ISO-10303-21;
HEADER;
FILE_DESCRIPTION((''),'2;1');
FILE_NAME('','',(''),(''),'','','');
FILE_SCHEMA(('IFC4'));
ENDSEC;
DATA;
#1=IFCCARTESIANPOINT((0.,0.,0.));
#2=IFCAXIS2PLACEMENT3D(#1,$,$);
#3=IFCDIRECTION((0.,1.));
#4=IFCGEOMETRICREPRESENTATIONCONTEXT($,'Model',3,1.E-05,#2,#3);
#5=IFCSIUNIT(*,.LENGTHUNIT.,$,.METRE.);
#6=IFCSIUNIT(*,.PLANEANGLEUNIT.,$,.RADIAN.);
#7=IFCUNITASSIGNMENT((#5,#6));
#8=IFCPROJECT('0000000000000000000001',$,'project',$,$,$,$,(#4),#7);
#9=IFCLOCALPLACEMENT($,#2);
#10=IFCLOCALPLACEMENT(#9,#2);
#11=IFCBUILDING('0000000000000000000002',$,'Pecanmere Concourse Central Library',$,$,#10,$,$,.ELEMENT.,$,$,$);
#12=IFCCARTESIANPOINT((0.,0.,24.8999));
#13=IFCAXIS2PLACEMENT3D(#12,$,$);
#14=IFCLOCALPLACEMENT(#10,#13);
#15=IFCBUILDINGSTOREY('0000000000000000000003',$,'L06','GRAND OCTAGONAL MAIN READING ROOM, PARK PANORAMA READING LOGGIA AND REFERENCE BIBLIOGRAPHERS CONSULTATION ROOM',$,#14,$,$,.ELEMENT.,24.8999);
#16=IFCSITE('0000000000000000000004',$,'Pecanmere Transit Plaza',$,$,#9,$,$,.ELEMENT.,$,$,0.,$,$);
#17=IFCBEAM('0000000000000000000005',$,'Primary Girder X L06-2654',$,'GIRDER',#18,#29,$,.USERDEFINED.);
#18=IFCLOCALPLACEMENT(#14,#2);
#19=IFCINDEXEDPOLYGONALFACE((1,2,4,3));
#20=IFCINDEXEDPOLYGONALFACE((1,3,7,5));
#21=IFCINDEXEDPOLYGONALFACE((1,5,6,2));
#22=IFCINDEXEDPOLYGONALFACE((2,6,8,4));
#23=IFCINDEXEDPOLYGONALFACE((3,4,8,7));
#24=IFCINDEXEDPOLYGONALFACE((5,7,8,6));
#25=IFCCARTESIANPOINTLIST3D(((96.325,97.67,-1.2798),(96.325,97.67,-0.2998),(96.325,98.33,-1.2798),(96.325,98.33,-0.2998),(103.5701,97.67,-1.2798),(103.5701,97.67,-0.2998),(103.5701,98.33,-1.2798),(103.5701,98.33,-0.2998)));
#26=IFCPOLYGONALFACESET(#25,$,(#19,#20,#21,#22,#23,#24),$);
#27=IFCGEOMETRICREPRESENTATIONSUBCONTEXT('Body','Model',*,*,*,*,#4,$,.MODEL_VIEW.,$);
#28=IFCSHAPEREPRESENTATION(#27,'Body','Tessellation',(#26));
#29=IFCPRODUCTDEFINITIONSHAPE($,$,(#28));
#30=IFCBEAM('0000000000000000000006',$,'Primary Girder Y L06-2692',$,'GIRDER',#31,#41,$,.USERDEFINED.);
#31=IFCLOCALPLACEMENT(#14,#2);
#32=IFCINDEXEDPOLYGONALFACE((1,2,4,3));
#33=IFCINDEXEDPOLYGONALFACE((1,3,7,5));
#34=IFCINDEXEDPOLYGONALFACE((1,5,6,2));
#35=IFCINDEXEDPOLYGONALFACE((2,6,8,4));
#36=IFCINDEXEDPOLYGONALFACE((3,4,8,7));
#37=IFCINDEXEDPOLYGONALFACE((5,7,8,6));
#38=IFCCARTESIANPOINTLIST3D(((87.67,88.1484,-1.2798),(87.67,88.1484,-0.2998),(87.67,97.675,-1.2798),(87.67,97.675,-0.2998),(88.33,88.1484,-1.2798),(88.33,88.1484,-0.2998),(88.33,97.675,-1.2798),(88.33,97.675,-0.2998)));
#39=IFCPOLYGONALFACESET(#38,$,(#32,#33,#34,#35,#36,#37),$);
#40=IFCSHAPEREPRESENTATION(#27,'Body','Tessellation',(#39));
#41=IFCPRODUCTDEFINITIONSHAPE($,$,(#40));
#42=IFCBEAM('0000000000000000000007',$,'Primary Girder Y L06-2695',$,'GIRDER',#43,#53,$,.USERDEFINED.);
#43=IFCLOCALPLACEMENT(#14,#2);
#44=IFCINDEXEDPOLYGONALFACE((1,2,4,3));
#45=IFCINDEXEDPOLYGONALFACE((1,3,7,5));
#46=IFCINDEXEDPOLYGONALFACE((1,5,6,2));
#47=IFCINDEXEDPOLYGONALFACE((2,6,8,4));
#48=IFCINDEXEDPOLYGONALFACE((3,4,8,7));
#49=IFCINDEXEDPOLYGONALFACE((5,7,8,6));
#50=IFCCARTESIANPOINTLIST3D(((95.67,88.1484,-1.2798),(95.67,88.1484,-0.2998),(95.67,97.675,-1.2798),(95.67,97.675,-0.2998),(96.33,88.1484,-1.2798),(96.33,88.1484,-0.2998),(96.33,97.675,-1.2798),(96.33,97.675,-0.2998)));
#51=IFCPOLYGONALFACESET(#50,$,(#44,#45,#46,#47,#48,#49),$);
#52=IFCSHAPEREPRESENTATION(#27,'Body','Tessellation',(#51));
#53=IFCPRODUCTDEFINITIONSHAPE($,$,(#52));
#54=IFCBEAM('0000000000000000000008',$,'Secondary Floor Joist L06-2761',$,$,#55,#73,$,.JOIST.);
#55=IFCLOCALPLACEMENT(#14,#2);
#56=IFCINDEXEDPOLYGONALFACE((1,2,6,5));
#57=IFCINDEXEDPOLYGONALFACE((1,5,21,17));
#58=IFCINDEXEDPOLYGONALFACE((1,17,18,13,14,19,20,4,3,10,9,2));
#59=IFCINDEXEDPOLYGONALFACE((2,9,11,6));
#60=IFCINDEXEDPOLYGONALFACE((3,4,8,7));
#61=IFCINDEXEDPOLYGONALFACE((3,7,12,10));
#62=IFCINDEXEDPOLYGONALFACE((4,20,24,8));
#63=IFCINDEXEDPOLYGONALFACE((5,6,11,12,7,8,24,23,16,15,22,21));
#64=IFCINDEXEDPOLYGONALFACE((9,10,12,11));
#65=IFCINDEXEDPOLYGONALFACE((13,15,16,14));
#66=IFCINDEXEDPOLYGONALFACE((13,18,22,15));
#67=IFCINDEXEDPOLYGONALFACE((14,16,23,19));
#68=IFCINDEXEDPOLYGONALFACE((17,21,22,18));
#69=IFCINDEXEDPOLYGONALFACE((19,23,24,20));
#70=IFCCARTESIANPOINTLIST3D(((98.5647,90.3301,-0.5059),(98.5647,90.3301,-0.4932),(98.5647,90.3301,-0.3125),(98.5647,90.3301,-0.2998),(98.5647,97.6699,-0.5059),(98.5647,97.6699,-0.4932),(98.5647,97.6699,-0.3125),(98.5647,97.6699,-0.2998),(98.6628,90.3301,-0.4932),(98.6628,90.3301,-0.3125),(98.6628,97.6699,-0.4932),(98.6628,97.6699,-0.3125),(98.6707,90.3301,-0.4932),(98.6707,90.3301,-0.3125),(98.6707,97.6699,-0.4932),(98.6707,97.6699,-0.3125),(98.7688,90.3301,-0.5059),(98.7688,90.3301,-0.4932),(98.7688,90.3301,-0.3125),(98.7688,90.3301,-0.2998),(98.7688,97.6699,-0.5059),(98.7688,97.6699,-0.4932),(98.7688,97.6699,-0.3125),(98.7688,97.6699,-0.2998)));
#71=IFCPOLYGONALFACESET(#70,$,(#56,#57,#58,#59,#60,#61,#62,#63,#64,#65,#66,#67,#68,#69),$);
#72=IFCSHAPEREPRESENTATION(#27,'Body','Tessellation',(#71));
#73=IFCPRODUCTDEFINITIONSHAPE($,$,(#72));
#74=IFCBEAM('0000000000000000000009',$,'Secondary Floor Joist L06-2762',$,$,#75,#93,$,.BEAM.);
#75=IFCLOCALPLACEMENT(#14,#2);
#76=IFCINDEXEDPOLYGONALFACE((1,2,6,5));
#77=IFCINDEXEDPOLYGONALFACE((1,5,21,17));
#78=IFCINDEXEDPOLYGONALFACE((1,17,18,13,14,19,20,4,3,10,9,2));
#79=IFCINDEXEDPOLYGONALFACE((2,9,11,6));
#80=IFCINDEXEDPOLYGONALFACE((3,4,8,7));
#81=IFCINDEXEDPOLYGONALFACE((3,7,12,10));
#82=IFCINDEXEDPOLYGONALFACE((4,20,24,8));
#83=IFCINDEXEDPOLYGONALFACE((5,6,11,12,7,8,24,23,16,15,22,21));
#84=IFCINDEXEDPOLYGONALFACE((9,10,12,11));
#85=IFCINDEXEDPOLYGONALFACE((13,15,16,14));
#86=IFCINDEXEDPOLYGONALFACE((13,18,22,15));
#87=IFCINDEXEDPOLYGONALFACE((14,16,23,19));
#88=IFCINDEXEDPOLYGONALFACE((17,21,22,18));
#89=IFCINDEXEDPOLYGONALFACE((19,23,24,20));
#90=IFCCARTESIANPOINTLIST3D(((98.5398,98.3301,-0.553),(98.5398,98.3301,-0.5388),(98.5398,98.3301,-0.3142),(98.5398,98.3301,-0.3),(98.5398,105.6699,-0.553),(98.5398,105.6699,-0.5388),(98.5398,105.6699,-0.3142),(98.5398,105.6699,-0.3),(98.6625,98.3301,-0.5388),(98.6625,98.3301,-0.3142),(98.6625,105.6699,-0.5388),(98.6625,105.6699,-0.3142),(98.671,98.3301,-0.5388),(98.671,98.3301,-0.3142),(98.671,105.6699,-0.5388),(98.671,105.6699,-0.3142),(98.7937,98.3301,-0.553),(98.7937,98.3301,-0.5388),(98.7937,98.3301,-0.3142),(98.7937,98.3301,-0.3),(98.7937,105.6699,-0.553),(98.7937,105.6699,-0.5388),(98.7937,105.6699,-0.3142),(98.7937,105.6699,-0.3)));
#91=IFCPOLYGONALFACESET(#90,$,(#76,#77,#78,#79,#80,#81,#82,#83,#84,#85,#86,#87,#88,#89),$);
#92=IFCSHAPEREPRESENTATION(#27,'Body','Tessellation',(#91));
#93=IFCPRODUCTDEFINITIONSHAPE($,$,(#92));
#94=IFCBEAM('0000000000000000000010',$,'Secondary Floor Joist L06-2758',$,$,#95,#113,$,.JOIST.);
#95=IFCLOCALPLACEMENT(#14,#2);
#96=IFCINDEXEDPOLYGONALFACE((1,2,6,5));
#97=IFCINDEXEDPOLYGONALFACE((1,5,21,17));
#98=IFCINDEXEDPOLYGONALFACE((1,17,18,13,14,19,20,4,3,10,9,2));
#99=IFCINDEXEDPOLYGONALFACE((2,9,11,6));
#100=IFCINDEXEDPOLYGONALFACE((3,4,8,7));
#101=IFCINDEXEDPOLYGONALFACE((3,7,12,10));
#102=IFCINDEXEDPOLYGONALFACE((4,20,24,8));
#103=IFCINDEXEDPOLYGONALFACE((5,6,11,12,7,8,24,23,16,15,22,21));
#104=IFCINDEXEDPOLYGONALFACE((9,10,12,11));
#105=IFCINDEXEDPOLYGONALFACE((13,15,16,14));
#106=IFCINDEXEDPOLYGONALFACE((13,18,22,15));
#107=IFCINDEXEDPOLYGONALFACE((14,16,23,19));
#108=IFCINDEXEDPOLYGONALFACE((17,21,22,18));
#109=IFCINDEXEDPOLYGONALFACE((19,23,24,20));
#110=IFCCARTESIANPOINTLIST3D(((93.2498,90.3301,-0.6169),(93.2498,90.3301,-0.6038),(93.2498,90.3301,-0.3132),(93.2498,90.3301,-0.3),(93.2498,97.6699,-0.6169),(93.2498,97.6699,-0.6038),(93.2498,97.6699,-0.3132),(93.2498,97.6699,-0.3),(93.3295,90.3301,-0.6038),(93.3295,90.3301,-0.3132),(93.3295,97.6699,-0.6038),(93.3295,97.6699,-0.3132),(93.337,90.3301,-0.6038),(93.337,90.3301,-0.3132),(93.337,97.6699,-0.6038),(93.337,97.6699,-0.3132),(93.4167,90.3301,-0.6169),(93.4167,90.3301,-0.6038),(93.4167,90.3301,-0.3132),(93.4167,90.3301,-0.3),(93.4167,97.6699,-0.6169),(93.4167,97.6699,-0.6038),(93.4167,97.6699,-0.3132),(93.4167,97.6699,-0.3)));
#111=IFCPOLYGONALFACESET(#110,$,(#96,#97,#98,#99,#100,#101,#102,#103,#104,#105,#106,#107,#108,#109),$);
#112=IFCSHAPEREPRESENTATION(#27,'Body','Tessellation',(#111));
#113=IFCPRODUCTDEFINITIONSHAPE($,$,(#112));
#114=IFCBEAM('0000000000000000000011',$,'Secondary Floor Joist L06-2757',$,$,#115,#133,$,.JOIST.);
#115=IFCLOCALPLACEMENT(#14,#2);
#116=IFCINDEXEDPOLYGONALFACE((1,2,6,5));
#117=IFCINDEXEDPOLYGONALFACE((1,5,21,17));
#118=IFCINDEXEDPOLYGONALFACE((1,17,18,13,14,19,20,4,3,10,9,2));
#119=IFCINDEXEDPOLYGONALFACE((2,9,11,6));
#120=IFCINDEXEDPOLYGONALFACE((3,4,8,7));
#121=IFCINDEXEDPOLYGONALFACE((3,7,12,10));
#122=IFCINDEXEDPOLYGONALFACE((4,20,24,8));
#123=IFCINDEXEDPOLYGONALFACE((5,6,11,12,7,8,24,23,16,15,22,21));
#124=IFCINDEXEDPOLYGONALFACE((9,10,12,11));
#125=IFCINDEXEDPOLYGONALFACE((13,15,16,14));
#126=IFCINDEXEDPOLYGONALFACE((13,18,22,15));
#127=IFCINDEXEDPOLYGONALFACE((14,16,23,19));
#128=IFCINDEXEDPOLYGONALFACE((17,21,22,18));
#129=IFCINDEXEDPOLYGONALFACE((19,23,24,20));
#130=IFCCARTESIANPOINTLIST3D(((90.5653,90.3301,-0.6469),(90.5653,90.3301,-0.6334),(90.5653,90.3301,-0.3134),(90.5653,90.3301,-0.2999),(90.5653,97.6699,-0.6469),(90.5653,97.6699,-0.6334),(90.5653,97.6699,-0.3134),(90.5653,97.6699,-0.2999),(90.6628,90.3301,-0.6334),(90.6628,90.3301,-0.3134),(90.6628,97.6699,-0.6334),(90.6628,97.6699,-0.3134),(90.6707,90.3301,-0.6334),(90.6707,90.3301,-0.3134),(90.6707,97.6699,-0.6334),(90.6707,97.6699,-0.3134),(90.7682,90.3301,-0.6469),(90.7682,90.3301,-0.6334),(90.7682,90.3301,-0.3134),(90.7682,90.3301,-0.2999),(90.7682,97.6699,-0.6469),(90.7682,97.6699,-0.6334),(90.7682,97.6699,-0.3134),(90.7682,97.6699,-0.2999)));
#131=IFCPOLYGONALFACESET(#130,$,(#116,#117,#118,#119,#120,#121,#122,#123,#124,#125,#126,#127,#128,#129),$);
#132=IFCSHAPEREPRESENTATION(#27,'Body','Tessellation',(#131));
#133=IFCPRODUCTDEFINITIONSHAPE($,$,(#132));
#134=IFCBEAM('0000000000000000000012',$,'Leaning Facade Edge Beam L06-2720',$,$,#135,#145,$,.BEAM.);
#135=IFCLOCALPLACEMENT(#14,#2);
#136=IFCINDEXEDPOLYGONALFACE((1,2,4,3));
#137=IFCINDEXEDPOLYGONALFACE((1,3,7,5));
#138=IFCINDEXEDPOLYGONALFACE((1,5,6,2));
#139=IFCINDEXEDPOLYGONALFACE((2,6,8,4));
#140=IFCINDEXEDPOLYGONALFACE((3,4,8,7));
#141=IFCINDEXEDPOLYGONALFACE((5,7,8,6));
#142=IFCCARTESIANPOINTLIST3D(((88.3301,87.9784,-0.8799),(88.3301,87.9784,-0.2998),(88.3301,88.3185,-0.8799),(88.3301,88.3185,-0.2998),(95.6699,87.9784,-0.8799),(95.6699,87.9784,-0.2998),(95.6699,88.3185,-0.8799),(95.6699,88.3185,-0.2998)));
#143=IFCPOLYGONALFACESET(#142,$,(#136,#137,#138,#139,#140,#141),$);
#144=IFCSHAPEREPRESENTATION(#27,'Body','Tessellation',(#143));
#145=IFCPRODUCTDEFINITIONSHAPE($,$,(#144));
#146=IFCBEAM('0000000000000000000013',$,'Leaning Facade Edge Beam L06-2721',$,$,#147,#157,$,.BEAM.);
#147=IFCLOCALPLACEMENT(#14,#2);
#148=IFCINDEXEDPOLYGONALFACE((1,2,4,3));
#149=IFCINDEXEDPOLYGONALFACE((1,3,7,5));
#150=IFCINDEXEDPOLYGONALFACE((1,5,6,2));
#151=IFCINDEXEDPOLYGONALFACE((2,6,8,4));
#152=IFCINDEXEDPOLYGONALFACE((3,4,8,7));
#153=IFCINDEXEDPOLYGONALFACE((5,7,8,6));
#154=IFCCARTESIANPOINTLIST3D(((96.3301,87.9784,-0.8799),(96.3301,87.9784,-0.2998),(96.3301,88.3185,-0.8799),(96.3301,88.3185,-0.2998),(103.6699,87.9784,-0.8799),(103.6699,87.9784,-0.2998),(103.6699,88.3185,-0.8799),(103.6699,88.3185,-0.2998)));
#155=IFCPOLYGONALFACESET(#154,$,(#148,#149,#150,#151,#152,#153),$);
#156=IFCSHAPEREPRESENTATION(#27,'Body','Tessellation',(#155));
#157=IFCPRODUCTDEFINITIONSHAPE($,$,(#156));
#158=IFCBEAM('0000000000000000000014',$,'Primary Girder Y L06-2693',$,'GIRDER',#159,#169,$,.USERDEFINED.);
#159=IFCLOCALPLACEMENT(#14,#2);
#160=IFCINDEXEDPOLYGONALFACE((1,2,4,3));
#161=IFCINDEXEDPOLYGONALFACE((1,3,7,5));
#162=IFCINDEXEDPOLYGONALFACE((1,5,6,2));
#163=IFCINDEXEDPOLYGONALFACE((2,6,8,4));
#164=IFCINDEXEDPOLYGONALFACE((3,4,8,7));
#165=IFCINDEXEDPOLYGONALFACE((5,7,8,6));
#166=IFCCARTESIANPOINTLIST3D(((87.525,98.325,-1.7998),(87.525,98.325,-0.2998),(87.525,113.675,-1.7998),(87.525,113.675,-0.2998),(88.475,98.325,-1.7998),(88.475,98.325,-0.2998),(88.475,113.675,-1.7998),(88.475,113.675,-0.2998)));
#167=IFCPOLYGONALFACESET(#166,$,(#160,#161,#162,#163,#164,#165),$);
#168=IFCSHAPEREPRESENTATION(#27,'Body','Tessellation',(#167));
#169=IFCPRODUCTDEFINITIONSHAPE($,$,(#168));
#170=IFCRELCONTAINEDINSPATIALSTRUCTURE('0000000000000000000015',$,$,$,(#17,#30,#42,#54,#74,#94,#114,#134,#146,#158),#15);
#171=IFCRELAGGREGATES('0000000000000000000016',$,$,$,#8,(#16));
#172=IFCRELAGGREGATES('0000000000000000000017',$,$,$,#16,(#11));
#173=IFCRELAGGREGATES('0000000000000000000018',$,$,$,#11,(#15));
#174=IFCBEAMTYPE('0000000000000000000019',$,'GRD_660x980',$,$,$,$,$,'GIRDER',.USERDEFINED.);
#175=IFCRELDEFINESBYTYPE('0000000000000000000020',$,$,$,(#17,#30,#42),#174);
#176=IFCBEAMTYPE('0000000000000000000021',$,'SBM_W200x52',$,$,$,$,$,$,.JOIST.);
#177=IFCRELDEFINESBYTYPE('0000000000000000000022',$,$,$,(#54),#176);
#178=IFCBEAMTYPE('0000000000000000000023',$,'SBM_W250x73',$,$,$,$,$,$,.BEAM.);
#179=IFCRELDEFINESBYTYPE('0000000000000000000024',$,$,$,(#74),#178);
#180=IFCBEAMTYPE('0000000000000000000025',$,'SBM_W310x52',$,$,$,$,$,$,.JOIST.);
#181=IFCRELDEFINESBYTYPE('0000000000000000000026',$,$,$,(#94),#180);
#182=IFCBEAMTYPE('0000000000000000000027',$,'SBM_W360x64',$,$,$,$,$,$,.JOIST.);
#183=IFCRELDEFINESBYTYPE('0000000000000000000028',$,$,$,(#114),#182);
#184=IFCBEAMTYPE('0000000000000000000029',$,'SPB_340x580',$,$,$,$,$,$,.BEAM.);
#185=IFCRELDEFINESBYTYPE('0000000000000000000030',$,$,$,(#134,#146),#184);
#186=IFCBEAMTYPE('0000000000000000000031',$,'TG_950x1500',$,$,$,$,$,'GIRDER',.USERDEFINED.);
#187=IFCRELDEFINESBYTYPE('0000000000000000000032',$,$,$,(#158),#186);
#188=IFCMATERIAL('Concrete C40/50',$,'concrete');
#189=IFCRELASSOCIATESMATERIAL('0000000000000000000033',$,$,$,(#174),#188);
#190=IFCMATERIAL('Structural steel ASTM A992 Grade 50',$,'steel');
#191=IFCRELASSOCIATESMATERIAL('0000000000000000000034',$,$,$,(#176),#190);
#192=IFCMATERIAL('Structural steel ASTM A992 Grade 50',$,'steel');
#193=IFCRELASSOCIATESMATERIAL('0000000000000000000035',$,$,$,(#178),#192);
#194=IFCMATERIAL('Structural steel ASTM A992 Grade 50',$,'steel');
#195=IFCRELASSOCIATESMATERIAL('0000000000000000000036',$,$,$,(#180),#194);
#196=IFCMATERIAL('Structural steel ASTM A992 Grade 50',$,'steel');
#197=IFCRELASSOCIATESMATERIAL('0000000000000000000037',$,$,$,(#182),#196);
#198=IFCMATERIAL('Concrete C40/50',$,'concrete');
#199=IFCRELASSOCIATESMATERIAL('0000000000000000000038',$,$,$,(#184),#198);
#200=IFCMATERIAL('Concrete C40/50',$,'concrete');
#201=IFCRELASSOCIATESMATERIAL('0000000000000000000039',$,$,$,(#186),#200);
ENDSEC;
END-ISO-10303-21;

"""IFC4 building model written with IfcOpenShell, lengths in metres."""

from ifc_helpers import new_model, si_unit, direction, frame, origin, origin_2d, place, context, subcontext, project, spatial, rectangle, i_section, extrude, material, material_profile, profile_set, type_object, element, save


model = new_model("IFC4")

# Units and contexts
model_context = context("Model", 3, precision=1e-05, world=origin(), true_north=direction((0.0, 1.0)))
body_context = subcontext(model_context, "Body", "Model", "MODEL_VIEW")
ifc_project = project(units=[si_unit("LENGTHUNIT", "METRE"), si_unit("PLANEANGLEUNIT", "RADIAN")], contexts=[model_context])

# Site, building, storey
site_placement = place(None, origin())
site = spatial("IfcSite", under=ifc_project, at=site_placement, Name="Pecanmere Transit Plaza", CompositionType="ELEMENT", RefElevation=0.0)
building_placement = place(site_placement, origin())
building = spatial("IfcBuilding", under=site, at=building_placement, Name="Pecanmere Concourse Central Library", CompositionType="ELEMENT")
storey_placement = place(building_placement, frame((0.0, 0.0, 24.8999)))
storey = spatial("IfcBuildingStorey", under=building, at=storey_placement, Name="L06", Description="GRAND OCTAGONAL MAIN READING ROOM, PARK PANORAMA READING LOGGIA AND REFERENCE BIBLIOGRAPHERS CONSULTATION ROOM", CompositionType="ELEMENT", Elevation=24.8999)

# Beams
ifc_material_1 = material(Name="Concrete C40/50", Category="concrete")
ifc_material_profile_1 = material_profile(ifc_material_1, rectangle(XDim=0.6599, YDim=0.98, at=origin_2d()), Name="RC 660x980")
ifc_profile_set_1 = profile_set([ifc_material_profile_1], Name="Concrete C40/50")
beam_type_1 = type_object("IfcBeamType", Name="GRD_660x980", ElementType="GIRDER", PredefinedType="USERDEFINED", material=ifc_profile_set_1)
beam_1_placement = place(storey_placement, frame((96.325, 98.0, -0.7898), z_axis=(1.0, 0.0, 0.0), x_axis=(0.0, 1.0, 0.0)))
element("IfcBeam", 1, at=beam_1_placement, inside=storey, type_object=beam_type_1, Name="Primary Girder X L06-2654", ObjectType="GIRDER", PredefinedType="USERDEFINED", context=body_context, shape_type="SweptSolid", body=[
    extrude(rectangle(XDim=0.6599, YDim=0.98, at=origin_2d()), origin(), (0.0, 0.0, 1.0), 7.2451),
])
for number, where, z_axis, x_axis, name in (
    (2, (88.0, 88.1484, -0.7898), (0.0, 1.0, 0.0), (-1.0, 0.0, 0.0), "Primary Girder Y L06-2692"),
    (3, (96.0, 88.1484, -0.7898), (0.0, 1.0, 0.0), (-1.0, 0.0, 0.0), "Primary Girder Y L06-2695"),
):
    element("IfcBeam", number, at=place(storey_placement, frame(where, z_axis=z_axis, x_axis=x_axis)), inside=storey, type_object=beam_type_1, Name=name, ObjectType="GIRDER", PredefinedType="USERDEFINED", context=body_context, shape_type="SweptSolid", body=[
        extrude(rectangle(XDim=0.6599, YDim=0.98, at=origin_2d()), origin(), (0.0, 0.0, 1.0), 9.5266),
    ])
ifc_material_2 = material(Name="Structural steel ASTM A992 Grade 50", Category="steel")
ifc_material_profile_2 = material_profile(ifc_material_2, i_section(OverallWidth=0.2041, OverallDepth=0.2061, WebThickness=0.0078, FlangeThickness=0.0127, at=origin_2d()), Name="W200x52")
ifc_profile_set_2 = profile_set([ifc_material_profile_2], Name="Structural steel ASTM A992 Grade 50")
beam_type_2 = type_object("IfcBeamType", Name="SBM_W200x52", PredefinedType="JOIST", material=ifc_profile_set_2)
beam_2_placement = place(storey_placement, frame((98.6667, 90.3301, -0.4028), z_axis=(0.0, 1.0, 0.0), x_axis=(-1.0, 0.0, 0.0)))
element("IfcBeam", 4, at=beam_2_placement, inside=storey, type_object=beam_type_2, Name="Secondary Floor Joist L06-2761", PredefinedType="JOIST", context=body_context, shape_type="SweptSolid", body=[
    extrude(i_section(OverallWidth=0.2041, OverallDepth=0.2061, WebThickness=0.0078, FlangeThickness=0.0127, at=origin_2d()), origin(), (0.0, 0.0, 1.0), 7.3398),
])
ifc_material_3 = material(Name="Structural steel ASTM A992 Grade 50", Category="steel")
ifc_material_profile_3 = material_profile(ifc_material_3, i_section(OverallWidth=0.2539, OverallDepth=0.2529, WebThickness=0.0085, FlangeThickness=0.0142, at=origin_2d()), Name="W250x73")
ifc_profile_set_3 = profile_set([ifc_material_profile_3], Name="Structural steel ASTM A992 Grade 50")
beam_type_3 = type_object("IfcBeamType", Name="SBM_W250x73", PredefinedType="BEAM", material=ifc_profile_set_3)
beam_3_placement = place(storey_placement, frame((98.6667, 98.3301, -0.4265), z_axis=(0.0, 1.0, 0.0), x_axis=(-1.0, 0.0, 0.0)))
element("IfcBeam", 5, at=beam_3_placement, inside=storey, type_object=beam_type_3, Name="Secondary Floor Joist L06-2762", PredefinedType="BEAM", context=body_context, shape_type="SweptSolid", body=[
    extrude(i_section(OverallWidth=0.2539, OverallDepth=0.2529, WebThickness=0.0085, FlangeThickness=0.0142, at=origin_2d()), origin(), (0.0, 0.0, 1.0), 7.3398),
])
ifc_material_4 = material(Name="Structural steel ASTM A992 Grade 50", Category="steel")
ifc_material_profile_4 = material_profile(ifc_material_4, i_section(OverallWidth=0.167, OverallDepth=0.3169, WebThickness=0.0076, FlangeThickness=0.0132, at=origin_2d()), Name="W310x52")
ifc_profile_set_4 = profile_set([ifc_material_profile_4], Name="Structural steel ASTM A992 Grade 50")
beam_type_4 = type_object("IfcBeamType", Name="SBM_W310x52", PredefinedType="JOIST", material=ifc_profile_set_4)
beam_4_placement = place(storey_placement, frame((93.3333, 90.3301, -0.4585), z_axis=(0.0, 1.0, 0.0), x_axis=(-1.0, 0.0, 0.0)))
element("IfcBeam", 6, at=beam_4_placement, inside=storey, type_object=beam_type_4, Name="Secondary Floor Joist L06-2758", PredefinedType="JOIST", context=body_context, shape_type="SweptSolid", body=[
    extrude(i_section(OverallWidth=0.167, OverallDepth=0.3169, WebThickness=0.0076, FlangeThickness=0.0132, at=origin_2d()), origin(), (0.0, 0.0, 1.0), 7.3398),
])
ifc_material_5 = material(Name="Structural steel ASTM A992 Grade 50", Category="steel")
ifc_material_profile_5 = material_profile(ifc_material_5, i_section(OverallWidth=0.2029, OverallDepth=0.3469, WebThickness=0.0078, FlangeThickness=0.0134, at=origin_2d()), Name="W360x64")
ifc_profile_set_5 = profile_set([ifc_material_profile_5], Name="Structural steel ASTM A992 Grade 50")
beam_type_5 = type_object("IfcBeamType", Name="SBM_W360x64", PredefinedType="JOIST", material=ifc_profile_set_5)
beam_5_placement = place(storey_placement, frame((90.6667, 90.3301, -0.4734), z_axis=(0.0, 1.0, 0.0), x_axis=(-1.0, 0.0, 0.0)))
element("IfcBeam", 7, at=beam_5_placement, inside=storey, type_object=beam_type_5, Name="Secondary Floor Joist L06-2757", PredefinedType="JOIST", context=body_context, shape_type="SweptSolid", body=[
    extrude(i_section(OverallWidth=0.2029, OverallDepth=0.3469, WebThickness=0.0078, FlangeThickness=0.0134, at=origin_2d()), origin(), (0.0, 0.0, 1.0), 7.3398),
])
ifc_material_6 = material(Name="Concrete C40/50", Category="concrete")
ifc_material_profile_6 = material_profile(ifc_material_6, rectangle(XDim=0.3401, YDim=0.5801, at=origin_2d()), Name="RC 340x580")
ifc_profile_set_6 = profile_set([ifc_material_profile_6], Name="Concrete C40/50")
beam_type_6 = type_object("IfcBeamType", Name="SPB_340x580", PredefinedType="BEAM", material=ifc_profile_set_6)
for number, where, z_axis, x_axis, name in (
    (8, (88.3301, 88.1484, -0.5898), (1.0, 0.0, 0.0), (0.0, 1.0, 0.0), "Leaning Facade Edge Beam L06-2720"),
    (9, (96.3301, 88.1484, -0.5898), (1.0, 0.0, 0.0), (0.0, 1.0, 0.0), "Leaning Facade Edge Beam L06-2721"),
):
    element("IfcBeam", number, at=place(storey_placement, frame(where, z_axis=z_axis, x_axis=x_axis)), inside=storey, type_object=beam_type_6, Name=name, PredefinedType="BEAM", context=body_context, shape_type="SweptSolid", body=[
        extrude(rectangle(XDim=0.3401, YDim=0.5801, at=origin_2d()), origin(), (0.0, 0.0, 1.0), 7.3398),
    ])
ifc_material_7 = material(Name="Concrete C40/50", Category="concrete")
ifc_material_profile_7 = material_profile(ifc_material_7, rectangle(XDim=0.95, YDim=1.5, at=origin_2d()), Name="RC 950x1500")
ifc_profile_set_7 = profile_set([ifc_material_profile_7], Name="Concrete C40/50")
beam_type_7 = type_object("IfcBeamType", Name="TG_950x1500", ElementType="GIRDER", PredefinedType="USERDEFINED", material=ifc_profile_set_7)
beam_6_placement = place(storey_placement, frame((88.0, 98.325, -1.0498), z_axis=(0.0, 1.0, 0.0), x_axis=(-1.0, 0.0, 0.0)))
element("IfcBeam", 10, at=beam_6_placement, inside=storey, type_object=beam_type_7, Name="Primary Girder Y L06-2693", ObjectType="GIRDER", PredefinedType="USERDEFINED", context=body_context, shape_type="SweptSolid", body=[
    extrude(rectangle(XDim=0.95, YDim=1.5, at=origin_2d()), origin(), (0.0, 0.0, 1.0), 15.3501),
])

save(model, "model.ifc")
